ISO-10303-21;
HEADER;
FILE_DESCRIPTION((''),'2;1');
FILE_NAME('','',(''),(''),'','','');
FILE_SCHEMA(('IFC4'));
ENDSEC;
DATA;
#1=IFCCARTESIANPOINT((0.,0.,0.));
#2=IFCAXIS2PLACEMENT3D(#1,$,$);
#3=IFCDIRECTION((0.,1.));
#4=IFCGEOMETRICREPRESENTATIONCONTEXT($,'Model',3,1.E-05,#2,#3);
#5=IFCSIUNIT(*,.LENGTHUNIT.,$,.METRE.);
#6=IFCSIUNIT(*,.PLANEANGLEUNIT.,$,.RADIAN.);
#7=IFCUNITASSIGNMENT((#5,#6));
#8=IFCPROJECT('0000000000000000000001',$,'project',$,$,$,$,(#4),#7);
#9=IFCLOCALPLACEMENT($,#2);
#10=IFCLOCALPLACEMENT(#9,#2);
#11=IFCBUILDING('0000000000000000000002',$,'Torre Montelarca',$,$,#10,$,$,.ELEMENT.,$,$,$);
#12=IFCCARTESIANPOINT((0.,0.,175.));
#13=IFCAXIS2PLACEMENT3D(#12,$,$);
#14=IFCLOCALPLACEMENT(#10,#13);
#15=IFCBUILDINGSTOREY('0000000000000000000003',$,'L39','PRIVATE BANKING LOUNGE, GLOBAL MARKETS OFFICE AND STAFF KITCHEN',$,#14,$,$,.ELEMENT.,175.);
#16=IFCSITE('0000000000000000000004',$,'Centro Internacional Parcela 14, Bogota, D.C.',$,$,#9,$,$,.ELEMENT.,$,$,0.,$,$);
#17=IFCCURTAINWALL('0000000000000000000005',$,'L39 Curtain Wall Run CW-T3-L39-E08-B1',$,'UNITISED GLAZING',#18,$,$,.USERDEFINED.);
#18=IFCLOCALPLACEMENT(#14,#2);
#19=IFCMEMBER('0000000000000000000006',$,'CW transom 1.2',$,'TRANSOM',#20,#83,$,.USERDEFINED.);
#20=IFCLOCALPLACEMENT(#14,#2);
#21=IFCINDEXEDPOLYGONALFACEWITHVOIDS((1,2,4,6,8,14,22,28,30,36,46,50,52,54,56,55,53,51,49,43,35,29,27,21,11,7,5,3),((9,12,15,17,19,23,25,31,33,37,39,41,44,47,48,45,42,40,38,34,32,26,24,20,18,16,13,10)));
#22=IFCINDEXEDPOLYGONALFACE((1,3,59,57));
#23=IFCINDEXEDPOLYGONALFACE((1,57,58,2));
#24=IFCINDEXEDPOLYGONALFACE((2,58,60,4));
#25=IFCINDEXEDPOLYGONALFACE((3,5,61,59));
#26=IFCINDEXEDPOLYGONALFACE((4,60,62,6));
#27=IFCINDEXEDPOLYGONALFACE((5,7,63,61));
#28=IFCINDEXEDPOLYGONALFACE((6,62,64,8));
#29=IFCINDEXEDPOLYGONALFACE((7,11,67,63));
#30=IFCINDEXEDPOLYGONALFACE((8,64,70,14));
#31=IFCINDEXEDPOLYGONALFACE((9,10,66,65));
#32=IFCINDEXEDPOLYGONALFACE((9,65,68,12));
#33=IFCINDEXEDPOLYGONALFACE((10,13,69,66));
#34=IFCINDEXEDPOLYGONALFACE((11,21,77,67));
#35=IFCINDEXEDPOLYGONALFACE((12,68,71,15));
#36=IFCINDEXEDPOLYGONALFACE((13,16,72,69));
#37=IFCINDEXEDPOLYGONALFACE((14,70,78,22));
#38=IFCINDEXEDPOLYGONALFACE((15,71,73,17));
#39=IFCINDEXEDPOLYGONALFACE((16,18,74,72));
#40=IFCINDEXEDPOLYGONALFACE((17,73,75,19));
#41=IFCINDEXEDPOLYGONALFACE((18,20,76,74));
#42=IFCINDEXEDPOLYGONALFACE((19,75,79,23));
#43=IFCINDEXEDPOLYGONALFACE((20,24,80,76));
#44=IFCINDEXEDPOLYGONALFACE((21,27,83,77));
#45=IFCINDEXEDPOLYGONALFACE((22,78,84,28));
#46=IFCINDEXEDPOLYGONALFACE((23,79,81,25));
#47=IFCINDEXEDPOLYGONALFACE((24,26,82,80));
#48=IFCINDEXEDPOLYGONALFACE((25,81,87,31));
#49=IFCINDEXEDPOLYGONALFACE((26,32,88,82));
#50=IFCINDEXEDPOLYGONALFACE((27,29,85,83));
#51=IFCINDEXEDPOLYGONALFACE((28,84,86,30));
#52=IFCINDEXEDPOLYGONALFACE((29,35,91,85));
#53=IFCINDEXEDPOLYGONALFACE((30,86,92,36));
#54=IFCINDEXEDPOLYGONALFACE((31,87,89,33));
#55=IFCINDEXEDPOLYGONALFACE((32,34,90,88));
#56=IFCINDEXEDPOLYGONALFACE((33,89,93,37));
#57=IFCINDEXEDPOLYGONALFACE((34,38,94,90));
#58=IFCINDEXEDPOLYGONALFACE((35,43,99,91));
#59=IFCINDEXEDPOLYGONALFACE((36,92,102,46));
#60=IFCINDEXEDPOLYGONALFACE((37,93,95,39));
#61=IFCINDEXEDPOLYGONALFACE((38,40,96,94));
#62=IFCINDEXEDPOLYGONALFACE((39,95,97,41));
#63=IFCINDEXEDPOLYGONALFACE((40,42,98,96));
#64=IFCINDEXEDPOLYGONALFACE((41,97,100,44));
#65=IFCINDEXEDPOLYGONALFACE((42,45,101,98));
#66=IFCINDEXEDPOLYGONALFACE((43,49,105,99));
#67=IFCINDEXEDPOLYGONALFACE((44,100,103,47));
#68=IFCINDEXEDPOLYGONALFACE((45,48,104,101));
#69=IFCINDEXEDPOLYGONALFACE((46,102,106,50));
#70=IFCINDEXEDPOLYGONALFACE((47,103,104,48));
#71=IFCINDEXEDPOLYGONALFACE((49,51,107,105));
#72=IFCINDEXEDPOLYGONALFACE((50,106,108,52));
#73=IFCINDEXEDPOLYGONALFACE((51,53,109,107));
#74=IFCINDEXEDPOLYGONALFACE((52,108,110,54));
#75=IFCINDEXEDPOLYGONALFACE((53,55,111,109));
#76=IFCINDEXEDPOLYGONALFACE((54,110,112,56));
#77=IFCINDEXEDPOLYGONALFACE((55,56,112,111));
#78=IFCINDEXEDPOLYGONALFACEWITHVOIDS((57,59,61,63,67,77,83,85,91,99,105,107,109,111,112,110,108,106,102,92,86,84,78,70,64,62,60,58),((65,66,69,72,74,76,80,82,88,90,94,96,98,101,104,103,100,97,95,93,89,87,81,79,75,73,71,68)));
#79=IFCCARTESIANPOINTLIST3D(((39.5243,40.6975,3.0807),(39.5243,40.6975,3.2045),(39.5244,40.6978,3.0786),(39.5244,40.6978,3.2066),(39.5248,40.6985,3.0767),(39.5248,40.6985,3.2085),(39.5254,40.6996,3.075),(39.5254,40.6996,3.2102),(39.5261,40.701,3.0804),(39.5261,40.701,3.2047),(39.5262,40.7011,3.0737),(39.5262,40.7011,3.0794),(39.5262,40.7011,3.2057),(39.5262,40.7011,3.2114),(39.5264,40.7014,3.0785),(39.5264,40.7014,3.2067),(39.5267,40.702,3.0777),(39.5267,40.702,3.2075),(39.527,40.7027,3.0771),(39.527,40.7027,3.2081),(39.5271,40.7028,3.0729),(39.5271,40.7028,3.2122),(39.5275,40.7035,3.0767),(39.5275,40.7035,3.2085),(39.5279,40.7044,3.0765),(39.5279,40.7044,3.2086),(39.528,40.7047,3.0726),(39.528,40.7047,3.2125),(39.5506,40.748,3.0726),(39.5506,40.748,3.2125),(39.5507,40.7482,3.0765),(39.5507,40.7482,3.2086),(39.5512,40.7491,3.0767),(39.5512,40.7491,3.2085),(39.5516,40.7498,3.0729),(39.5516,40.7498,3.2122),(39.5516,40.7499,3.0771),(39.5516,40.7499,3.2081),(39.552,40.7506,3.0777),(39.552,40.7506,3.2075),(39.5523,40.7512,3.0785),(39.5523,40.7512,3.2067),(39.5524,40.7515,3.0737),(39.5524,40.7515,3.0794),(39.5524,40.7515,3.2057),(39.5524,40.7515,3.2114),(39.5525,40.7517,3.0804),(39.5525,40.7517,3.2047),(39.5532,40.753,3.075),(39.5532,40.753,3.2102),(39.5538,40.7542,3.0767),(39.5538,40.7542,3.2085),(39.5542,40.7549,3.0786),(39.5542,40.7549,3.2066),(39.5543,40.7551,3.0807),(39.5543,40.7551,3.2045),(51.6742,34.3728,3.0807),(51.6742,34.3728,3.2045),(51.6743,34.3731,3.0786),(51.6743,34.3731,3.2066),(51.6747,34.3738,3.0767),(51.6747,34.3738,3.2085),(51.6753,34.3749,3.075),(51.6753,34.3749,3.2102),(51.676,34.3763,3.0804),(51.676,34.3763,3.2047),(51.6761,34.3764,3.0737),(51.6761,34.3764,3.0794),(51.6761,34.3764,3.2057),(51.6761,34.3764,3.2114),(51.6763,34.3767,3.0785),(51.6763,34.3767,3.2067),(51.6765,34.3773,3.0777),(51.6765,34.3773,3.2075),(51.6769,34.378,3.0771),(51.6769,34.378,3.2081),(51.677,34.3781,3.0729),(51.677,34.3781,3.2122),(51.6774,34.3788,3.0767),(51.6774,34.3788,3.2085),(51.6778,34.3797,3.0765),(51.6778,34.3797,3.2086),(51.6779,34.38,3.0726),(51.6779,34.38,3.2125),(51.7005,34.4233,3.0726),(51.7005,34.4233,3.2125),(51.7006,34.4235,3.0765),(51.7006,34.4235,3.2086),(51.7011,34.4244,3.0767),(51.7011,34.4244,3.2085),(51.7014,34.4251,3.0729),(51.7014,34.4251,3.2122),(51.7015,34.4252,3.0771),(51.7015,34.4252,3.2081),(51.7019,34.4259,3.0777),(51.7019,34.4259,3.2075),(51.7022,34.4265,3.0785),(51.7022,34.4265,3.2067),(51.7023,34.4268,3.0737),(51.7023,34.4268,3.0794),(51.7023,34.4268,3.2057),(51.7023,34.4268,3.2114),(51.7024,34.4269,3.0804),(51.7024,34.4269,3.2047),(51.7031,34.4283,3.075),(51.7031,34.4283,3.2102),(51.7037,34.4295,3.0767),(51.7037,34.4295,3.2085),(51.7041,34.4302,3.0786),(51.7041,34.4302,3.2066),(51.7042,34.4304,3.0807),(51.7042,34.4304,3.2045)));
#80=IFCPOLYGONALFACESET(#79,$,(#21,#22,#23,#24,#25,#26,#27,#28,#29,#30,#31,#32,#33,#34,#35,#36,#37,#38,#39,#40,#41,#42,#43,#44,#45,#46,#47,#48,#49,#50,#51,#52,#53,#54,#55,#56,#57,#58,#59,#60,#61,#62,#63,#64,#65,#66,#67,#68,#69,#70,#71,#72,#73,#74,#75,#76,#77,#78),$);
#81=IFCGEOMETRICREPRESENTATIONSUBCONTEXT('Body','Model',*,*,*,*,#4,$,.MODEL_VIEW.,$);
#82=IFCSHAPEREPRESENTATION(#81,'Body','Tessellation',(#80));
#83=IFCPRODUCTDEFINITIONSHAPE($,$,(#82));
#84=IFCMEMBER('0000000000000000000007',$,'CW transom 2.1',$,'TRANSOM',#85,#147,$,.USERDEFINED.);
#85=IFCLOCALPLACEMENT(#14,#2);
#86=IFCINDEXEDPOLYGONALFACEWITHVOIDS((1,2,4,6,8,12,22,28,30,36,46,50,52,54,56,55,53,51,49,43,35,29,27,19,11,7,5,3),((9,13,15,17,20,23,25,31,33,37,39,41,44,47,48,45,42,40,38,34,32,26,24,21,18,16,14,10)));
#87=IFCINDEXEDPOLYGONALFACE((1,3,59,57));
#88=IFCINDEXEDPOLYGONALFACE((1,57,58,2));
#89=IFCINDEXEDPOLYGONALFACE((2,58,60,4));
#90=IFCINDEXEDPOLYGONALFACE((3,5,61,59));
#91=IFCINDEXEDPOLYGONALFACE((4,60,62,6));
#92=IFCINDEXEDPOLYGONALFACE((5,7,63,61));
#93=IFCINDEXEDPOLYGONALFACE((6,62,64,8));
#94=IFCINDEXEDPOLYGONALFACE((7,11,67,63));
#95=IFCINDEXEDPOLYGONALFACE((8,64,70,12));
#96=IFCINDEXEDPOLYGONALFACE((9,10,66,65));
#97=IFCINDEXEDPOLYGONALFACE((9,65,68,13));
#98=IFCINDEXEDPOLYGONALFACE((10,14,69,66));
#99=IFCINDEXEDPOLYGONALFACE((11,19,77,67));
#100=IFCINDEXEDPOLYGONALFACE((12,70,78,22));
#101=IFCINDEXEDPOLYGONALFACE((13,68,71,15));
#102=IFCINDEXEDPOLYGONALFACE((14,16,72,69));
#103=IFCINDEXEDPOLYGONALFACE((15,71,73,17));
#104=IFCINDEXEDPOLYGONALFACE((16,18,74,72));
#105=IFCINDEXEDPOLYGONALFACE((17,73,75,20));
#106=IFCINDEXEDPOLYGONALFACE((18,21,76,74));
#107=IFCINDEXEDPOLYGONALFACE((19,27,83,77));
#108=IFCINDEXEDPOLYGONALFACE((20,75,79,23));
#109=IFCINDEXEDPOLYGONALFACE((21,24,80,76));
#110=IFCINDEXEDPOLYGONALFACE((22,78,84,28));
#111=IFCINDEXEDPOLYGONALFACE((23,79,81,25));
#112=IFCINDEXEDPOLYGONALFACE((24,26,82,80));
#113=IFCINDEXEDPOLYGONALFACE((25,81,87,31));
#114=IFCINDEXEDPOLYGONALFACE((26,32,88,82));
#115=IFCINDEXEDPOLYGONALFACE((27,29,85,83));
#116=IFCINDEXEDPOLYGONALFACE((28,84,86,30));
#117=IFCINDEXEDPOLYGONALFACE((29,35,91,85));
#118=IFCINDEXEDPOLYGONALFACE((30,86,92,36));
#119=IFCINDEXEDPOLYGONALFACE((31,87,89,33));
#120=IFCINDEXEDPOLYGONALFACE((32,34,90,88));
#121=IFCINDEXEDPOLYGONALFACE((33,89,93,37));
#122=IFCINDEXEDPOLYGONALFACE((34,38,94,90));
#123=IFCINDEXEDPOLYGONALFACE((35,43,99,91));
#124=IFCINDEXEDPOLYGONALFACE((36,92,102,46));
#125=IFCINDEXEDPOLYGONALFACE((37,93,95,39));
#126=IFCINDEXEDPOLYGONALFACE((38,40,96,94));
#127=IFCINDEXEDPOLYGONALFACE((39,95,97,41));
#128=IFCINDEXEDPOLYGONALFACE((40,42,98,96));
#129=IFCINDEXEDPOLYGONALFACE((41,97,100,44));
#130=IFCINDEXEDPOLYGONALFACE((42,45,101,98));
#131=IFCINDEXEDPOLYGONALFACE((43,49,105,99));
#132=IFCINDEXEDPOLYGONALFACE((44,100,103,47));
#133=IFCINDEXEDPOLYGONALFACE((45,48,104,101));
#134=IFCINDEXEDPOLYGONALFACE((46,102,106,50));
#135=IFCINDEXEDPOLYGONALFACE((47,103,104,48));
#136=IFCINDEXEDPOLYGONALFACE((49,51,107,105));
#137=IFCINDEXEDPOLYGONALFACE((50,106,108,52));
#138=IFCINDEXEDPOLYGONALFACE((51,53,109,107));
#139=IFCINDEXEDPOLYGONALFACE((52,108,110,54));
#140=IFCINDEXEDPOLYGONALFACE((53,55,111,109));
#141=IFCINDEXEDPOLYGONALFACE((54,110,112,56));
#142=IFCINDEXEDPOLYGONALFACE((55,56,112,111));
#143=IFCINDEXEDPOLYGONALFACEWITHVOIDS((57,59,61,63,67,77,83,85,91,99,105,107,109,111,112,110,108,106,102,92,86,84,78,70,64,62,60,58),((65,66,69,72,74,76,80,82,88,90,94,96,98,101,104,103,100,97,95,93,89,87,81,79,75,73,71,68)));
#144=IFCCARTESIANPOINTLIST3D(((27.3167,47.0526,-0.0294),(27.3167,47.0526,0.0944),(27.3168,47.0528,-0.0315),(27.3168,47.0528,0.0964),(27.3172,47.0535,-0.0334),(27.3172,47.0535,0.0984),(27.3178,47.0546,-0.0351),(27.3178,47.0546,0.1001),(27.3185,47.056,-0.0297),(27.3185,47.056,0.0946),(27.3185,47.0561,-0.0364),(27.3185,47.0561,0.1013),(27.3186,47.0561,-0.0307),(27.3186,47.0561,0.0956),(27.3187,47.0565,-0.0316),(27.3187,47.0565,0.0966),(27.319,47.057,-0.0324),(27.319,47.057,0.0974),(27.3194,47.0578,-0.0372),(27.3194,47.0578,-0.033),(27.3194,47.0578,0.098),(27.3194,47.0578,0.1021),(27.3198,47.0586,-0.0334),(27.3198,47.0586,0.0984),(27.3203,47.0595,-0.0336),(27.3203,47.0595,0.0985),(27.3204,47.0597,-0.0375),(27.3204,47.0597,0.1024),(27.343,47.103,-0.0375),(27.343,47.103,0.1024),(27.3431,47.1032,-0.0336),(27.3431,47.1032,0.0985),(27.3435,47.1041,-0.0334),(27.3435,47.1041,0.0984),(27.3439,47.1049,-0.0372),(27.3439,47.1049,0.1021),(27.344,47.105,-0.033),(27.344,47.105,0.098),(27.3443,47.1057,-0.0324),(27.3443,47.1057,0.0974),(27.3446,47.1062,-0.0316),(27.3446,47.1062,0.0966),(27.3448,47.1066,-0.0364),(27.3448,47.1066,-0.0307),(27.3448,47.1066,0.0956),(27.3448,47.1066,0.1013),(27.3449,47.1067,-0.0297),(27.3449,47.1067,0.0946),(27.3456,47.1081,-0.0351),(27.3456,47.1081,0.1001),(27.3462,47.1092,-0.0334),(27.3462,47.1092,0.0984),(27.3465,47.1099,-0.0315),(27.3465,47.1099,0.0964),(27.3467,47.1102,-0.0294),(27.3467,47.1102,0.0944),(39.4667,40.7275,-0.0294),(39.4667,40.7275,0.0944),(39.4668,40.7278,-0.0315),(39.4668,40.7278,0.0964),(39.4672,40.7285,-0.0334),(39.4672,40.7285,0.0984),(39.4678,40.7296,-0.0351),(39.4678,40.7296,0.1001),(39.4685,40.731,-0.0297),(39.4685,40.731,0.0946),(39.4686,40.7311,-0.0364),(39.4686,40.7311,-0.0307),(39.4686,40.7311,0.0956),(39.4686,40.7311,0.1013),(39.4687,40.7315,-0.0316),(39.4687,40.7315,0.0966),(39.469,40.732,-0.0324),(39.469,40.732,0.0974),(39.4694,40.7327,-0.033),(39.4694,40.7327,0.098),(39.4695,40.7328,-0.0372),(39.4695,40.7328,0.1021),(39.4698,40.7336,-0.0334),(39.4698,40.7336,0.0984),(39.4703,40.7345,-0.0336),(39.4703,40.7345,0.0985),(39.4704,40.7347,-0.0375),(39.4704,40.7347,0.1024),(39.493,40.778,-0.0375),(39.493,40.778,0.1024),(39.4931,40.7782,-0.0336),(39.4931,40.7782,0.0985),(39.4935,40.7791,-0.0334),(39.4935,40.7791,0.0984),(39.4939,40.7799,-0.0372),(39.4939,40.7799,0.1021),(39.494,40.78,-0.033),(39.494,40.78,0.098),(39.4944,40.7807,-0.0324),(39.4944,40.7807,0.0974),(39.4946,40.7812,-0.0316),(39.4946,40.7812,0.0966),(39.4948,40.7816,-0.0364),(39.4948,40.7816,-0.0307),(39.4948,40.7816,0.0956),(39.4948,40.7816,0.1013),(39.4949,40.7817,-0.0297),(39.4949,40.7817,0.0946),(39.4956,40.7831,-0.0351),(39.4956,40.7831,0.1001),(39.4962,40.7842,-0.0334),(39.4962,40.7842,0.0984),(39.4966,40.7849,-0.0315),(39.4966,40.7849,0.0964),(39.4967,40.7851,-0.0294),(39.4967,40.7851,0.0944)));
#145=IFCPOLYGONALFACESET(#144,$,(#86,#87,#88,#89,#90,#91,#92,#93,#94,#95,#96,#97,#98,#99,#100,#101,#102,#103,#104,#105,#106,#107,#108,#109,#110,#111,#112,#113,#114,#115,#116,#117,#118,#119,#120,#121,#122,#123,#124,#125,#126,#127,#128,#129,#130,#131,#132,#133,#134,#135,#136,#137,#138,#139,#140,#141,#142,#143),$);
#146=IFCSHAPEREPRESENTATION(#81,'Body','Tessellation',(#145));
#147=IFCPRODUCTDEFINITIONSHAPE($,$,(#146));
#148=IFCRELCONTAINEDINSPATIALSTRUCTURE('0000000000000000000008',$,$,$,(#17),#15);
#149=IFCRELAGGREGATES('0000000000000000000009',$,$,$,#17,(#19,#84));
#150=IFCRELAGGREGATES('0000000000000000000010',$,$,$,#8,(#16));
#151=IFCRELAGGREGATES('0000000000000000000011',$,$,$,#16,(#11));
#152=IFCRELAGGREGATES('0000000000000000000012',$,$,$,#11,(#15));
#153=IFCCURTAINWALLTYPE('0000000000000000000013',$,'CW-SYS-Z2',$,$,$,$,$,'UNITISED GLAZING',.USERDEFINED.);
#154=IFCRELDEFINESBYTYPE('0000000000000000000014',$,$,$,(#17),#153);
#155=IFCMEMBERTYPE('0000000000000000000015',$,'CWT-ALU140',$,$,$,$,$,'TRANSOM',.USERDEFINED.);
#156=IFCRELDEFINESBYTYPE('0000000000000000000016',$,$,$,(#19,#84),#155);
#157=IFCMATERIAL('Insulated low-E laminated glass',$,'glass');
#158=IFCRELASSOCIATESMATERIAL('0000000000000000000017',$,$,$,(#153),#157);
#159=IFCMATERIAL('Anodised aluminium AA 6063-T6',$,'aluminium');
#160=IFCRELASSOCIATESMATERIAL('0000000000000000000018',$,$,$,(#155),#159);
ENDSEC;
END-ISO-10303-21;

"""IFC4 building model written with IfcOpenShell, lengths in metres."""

from ifc_helpers import new_model, si_unit, direction, frame, origin, origin_2d, place, context, subcontext, project, spatial, hollow_rectangle, extrude, source, transform, mapped, material, material_profile, profile_set, type_object, element, aggregate, save


model = new_model("IFC4")

# Units and contexts
model_context = context("Model", 3, precision=1e-05, world=origin(), true_north=direction((0.0, 1.0)))
body_context = subcontext(model_context, "Body", "Model", "MODEL_VIEW")
ifc_project = project(units=[si_unit("LENGTHUNIT", "METRE"), si_unit("PLANEANGLEUNIT", "RADIAN")], contexts=[model_context])

# Site, building, storey
site_placement = place(None, origin())
site = spatial("IfcSite", under=ifc_project, at=site_placement, Name="Centro Internacional Parcela 14, Bogota, D.C.", CompositionType="ELEMENT", RefElevation=0.0)
building_placement = place(site_placement, origin())
building = spatial("IfcBuilding", under=site, at=building_placement, Name="Torre Montelarca", CompositionType="ELEMENT")
storey_placement = place(building_placement, frame((0.0, 0.0, 175.0)))
storey = spatial("IfcBuildingStorey", under=building, at=storey_placement, Name="L39", Description="PRIVATE BANKING LOUNGE, GLOBAL MARKETS OFFICE AND STAFF KITCHEN", CompositionType="ELEMENT", Elevation=175.0)

# Shared definitions
ifc_material_1 = material(Name="Insulated low-E laminated glass", Category="glass")
curtain_wall_type = type_object("IfcCurtainWallType", Name="CW-SYS-Z2", ElementType="UNITISED GLAZING", PredefinedType="USERDEFINED", material=ifc_material_1)
ifc_material_2 = material(Name="Anodised aluminium AA 6063-T6", Category="aluminium")
ifc_material_profile_1 = material_profile(ifc_material_2, hollow_rectangle(XDim=0.0649, YDim=0.1399, WallThickness=0.0039, InnerFilletRadius=0.0039, OuterFilletRadius=0.0081, at=origin_2d()), Name="ALU65X140X4", Category="aluminium")
ifc_profile_set_1 = profile_set([ifc_material_profile_1], Name="Anodised aluminium AA 6063-T6")
member_type_1 = type_object("IfcMemberType", Name="CWT-ALU140", ElementType="TRANSOM", PredefinedType="USERDEFINED", material=ifc_profile_set_1)

# Curtain wall, members
curtain_wall_1_placement = place(storey_placement, origin())
curtain_wall_1 = element("IfcCurtainWall", 1, at=curtain_wall_1_placement, inside=storey, type_object=curtain_wall_type, Name="L39 Curtain Wall Run CW-T3-L39-E08-B1", ObjectType="UNITISED GLAZING", PredefinedType="USERDEFINED")
shared_shape_1 = source(origin(), body_context, "Body", "SweptSolid", [
    extrude(hollow_rectangle(XDim=0.0649, YDim=0.1399, WallThickness=0.0039, InnerFilletRadius=0.0039, OuterFilletRadius=0.0081, at=origin_2d()), origin(), (0.0, 0.0, 1.0), 13.6975),
])
member_1_placement = place(storey_placement, frame((51.6892, 34.4016, 3.1426), z_axis=(-0.887015, 0.461741, 0.0), x_axis=(-0.461741, -0.887015, 0.0)))
member_1 = element("IfcMember", 2, at=member_1_placement, type_object=member_type_1, Name="CW transom 1.2", ObjectType="TRANSOM", PredefinedType="USERDEFINED", context=body_context, shape_type="MappedRepresentation", body=[
    mapped(shared_shape_1, transform((0.0, 0.0, 0.0), scale=1.0)),
])
shared_shape_2 = source(origin(), body_context, "Body", "SweptSolid", [
    extrude(hollow_rectangle(XDim=0.0649, YDim=0.1399, WallThickness=0.0039, InnerFilletRadius=0.0039, OuterFilletRadius=0.0081, at=origin_2d()), origin(), (0.0, 0.0, 1.0), 13.6978),
])
member_2_placement = place(storey_placement, frame((39.4817, 40.7563, 0.0325), z_axis=(-0.887007, 0.461755, 0.0), x_axis=(-0.461755, -0.887007, 0.0)))
member_2 = element("IfcMember", 3, at=member_2_placement, type_object=member_type_1, Name="CW transom 2.1", ObjectType="TRANSOM", PredefinedType="USERDEFINED", context=body_context, shape_type="MappedRepresentation", body=[
    mapped(shared_shape_2, transform((0.0, 0.0, 0.0), scale=1.0)),
])

aggregate(curtain_wall_1, [member_1, member_2])

save(model, "model.ifc")
